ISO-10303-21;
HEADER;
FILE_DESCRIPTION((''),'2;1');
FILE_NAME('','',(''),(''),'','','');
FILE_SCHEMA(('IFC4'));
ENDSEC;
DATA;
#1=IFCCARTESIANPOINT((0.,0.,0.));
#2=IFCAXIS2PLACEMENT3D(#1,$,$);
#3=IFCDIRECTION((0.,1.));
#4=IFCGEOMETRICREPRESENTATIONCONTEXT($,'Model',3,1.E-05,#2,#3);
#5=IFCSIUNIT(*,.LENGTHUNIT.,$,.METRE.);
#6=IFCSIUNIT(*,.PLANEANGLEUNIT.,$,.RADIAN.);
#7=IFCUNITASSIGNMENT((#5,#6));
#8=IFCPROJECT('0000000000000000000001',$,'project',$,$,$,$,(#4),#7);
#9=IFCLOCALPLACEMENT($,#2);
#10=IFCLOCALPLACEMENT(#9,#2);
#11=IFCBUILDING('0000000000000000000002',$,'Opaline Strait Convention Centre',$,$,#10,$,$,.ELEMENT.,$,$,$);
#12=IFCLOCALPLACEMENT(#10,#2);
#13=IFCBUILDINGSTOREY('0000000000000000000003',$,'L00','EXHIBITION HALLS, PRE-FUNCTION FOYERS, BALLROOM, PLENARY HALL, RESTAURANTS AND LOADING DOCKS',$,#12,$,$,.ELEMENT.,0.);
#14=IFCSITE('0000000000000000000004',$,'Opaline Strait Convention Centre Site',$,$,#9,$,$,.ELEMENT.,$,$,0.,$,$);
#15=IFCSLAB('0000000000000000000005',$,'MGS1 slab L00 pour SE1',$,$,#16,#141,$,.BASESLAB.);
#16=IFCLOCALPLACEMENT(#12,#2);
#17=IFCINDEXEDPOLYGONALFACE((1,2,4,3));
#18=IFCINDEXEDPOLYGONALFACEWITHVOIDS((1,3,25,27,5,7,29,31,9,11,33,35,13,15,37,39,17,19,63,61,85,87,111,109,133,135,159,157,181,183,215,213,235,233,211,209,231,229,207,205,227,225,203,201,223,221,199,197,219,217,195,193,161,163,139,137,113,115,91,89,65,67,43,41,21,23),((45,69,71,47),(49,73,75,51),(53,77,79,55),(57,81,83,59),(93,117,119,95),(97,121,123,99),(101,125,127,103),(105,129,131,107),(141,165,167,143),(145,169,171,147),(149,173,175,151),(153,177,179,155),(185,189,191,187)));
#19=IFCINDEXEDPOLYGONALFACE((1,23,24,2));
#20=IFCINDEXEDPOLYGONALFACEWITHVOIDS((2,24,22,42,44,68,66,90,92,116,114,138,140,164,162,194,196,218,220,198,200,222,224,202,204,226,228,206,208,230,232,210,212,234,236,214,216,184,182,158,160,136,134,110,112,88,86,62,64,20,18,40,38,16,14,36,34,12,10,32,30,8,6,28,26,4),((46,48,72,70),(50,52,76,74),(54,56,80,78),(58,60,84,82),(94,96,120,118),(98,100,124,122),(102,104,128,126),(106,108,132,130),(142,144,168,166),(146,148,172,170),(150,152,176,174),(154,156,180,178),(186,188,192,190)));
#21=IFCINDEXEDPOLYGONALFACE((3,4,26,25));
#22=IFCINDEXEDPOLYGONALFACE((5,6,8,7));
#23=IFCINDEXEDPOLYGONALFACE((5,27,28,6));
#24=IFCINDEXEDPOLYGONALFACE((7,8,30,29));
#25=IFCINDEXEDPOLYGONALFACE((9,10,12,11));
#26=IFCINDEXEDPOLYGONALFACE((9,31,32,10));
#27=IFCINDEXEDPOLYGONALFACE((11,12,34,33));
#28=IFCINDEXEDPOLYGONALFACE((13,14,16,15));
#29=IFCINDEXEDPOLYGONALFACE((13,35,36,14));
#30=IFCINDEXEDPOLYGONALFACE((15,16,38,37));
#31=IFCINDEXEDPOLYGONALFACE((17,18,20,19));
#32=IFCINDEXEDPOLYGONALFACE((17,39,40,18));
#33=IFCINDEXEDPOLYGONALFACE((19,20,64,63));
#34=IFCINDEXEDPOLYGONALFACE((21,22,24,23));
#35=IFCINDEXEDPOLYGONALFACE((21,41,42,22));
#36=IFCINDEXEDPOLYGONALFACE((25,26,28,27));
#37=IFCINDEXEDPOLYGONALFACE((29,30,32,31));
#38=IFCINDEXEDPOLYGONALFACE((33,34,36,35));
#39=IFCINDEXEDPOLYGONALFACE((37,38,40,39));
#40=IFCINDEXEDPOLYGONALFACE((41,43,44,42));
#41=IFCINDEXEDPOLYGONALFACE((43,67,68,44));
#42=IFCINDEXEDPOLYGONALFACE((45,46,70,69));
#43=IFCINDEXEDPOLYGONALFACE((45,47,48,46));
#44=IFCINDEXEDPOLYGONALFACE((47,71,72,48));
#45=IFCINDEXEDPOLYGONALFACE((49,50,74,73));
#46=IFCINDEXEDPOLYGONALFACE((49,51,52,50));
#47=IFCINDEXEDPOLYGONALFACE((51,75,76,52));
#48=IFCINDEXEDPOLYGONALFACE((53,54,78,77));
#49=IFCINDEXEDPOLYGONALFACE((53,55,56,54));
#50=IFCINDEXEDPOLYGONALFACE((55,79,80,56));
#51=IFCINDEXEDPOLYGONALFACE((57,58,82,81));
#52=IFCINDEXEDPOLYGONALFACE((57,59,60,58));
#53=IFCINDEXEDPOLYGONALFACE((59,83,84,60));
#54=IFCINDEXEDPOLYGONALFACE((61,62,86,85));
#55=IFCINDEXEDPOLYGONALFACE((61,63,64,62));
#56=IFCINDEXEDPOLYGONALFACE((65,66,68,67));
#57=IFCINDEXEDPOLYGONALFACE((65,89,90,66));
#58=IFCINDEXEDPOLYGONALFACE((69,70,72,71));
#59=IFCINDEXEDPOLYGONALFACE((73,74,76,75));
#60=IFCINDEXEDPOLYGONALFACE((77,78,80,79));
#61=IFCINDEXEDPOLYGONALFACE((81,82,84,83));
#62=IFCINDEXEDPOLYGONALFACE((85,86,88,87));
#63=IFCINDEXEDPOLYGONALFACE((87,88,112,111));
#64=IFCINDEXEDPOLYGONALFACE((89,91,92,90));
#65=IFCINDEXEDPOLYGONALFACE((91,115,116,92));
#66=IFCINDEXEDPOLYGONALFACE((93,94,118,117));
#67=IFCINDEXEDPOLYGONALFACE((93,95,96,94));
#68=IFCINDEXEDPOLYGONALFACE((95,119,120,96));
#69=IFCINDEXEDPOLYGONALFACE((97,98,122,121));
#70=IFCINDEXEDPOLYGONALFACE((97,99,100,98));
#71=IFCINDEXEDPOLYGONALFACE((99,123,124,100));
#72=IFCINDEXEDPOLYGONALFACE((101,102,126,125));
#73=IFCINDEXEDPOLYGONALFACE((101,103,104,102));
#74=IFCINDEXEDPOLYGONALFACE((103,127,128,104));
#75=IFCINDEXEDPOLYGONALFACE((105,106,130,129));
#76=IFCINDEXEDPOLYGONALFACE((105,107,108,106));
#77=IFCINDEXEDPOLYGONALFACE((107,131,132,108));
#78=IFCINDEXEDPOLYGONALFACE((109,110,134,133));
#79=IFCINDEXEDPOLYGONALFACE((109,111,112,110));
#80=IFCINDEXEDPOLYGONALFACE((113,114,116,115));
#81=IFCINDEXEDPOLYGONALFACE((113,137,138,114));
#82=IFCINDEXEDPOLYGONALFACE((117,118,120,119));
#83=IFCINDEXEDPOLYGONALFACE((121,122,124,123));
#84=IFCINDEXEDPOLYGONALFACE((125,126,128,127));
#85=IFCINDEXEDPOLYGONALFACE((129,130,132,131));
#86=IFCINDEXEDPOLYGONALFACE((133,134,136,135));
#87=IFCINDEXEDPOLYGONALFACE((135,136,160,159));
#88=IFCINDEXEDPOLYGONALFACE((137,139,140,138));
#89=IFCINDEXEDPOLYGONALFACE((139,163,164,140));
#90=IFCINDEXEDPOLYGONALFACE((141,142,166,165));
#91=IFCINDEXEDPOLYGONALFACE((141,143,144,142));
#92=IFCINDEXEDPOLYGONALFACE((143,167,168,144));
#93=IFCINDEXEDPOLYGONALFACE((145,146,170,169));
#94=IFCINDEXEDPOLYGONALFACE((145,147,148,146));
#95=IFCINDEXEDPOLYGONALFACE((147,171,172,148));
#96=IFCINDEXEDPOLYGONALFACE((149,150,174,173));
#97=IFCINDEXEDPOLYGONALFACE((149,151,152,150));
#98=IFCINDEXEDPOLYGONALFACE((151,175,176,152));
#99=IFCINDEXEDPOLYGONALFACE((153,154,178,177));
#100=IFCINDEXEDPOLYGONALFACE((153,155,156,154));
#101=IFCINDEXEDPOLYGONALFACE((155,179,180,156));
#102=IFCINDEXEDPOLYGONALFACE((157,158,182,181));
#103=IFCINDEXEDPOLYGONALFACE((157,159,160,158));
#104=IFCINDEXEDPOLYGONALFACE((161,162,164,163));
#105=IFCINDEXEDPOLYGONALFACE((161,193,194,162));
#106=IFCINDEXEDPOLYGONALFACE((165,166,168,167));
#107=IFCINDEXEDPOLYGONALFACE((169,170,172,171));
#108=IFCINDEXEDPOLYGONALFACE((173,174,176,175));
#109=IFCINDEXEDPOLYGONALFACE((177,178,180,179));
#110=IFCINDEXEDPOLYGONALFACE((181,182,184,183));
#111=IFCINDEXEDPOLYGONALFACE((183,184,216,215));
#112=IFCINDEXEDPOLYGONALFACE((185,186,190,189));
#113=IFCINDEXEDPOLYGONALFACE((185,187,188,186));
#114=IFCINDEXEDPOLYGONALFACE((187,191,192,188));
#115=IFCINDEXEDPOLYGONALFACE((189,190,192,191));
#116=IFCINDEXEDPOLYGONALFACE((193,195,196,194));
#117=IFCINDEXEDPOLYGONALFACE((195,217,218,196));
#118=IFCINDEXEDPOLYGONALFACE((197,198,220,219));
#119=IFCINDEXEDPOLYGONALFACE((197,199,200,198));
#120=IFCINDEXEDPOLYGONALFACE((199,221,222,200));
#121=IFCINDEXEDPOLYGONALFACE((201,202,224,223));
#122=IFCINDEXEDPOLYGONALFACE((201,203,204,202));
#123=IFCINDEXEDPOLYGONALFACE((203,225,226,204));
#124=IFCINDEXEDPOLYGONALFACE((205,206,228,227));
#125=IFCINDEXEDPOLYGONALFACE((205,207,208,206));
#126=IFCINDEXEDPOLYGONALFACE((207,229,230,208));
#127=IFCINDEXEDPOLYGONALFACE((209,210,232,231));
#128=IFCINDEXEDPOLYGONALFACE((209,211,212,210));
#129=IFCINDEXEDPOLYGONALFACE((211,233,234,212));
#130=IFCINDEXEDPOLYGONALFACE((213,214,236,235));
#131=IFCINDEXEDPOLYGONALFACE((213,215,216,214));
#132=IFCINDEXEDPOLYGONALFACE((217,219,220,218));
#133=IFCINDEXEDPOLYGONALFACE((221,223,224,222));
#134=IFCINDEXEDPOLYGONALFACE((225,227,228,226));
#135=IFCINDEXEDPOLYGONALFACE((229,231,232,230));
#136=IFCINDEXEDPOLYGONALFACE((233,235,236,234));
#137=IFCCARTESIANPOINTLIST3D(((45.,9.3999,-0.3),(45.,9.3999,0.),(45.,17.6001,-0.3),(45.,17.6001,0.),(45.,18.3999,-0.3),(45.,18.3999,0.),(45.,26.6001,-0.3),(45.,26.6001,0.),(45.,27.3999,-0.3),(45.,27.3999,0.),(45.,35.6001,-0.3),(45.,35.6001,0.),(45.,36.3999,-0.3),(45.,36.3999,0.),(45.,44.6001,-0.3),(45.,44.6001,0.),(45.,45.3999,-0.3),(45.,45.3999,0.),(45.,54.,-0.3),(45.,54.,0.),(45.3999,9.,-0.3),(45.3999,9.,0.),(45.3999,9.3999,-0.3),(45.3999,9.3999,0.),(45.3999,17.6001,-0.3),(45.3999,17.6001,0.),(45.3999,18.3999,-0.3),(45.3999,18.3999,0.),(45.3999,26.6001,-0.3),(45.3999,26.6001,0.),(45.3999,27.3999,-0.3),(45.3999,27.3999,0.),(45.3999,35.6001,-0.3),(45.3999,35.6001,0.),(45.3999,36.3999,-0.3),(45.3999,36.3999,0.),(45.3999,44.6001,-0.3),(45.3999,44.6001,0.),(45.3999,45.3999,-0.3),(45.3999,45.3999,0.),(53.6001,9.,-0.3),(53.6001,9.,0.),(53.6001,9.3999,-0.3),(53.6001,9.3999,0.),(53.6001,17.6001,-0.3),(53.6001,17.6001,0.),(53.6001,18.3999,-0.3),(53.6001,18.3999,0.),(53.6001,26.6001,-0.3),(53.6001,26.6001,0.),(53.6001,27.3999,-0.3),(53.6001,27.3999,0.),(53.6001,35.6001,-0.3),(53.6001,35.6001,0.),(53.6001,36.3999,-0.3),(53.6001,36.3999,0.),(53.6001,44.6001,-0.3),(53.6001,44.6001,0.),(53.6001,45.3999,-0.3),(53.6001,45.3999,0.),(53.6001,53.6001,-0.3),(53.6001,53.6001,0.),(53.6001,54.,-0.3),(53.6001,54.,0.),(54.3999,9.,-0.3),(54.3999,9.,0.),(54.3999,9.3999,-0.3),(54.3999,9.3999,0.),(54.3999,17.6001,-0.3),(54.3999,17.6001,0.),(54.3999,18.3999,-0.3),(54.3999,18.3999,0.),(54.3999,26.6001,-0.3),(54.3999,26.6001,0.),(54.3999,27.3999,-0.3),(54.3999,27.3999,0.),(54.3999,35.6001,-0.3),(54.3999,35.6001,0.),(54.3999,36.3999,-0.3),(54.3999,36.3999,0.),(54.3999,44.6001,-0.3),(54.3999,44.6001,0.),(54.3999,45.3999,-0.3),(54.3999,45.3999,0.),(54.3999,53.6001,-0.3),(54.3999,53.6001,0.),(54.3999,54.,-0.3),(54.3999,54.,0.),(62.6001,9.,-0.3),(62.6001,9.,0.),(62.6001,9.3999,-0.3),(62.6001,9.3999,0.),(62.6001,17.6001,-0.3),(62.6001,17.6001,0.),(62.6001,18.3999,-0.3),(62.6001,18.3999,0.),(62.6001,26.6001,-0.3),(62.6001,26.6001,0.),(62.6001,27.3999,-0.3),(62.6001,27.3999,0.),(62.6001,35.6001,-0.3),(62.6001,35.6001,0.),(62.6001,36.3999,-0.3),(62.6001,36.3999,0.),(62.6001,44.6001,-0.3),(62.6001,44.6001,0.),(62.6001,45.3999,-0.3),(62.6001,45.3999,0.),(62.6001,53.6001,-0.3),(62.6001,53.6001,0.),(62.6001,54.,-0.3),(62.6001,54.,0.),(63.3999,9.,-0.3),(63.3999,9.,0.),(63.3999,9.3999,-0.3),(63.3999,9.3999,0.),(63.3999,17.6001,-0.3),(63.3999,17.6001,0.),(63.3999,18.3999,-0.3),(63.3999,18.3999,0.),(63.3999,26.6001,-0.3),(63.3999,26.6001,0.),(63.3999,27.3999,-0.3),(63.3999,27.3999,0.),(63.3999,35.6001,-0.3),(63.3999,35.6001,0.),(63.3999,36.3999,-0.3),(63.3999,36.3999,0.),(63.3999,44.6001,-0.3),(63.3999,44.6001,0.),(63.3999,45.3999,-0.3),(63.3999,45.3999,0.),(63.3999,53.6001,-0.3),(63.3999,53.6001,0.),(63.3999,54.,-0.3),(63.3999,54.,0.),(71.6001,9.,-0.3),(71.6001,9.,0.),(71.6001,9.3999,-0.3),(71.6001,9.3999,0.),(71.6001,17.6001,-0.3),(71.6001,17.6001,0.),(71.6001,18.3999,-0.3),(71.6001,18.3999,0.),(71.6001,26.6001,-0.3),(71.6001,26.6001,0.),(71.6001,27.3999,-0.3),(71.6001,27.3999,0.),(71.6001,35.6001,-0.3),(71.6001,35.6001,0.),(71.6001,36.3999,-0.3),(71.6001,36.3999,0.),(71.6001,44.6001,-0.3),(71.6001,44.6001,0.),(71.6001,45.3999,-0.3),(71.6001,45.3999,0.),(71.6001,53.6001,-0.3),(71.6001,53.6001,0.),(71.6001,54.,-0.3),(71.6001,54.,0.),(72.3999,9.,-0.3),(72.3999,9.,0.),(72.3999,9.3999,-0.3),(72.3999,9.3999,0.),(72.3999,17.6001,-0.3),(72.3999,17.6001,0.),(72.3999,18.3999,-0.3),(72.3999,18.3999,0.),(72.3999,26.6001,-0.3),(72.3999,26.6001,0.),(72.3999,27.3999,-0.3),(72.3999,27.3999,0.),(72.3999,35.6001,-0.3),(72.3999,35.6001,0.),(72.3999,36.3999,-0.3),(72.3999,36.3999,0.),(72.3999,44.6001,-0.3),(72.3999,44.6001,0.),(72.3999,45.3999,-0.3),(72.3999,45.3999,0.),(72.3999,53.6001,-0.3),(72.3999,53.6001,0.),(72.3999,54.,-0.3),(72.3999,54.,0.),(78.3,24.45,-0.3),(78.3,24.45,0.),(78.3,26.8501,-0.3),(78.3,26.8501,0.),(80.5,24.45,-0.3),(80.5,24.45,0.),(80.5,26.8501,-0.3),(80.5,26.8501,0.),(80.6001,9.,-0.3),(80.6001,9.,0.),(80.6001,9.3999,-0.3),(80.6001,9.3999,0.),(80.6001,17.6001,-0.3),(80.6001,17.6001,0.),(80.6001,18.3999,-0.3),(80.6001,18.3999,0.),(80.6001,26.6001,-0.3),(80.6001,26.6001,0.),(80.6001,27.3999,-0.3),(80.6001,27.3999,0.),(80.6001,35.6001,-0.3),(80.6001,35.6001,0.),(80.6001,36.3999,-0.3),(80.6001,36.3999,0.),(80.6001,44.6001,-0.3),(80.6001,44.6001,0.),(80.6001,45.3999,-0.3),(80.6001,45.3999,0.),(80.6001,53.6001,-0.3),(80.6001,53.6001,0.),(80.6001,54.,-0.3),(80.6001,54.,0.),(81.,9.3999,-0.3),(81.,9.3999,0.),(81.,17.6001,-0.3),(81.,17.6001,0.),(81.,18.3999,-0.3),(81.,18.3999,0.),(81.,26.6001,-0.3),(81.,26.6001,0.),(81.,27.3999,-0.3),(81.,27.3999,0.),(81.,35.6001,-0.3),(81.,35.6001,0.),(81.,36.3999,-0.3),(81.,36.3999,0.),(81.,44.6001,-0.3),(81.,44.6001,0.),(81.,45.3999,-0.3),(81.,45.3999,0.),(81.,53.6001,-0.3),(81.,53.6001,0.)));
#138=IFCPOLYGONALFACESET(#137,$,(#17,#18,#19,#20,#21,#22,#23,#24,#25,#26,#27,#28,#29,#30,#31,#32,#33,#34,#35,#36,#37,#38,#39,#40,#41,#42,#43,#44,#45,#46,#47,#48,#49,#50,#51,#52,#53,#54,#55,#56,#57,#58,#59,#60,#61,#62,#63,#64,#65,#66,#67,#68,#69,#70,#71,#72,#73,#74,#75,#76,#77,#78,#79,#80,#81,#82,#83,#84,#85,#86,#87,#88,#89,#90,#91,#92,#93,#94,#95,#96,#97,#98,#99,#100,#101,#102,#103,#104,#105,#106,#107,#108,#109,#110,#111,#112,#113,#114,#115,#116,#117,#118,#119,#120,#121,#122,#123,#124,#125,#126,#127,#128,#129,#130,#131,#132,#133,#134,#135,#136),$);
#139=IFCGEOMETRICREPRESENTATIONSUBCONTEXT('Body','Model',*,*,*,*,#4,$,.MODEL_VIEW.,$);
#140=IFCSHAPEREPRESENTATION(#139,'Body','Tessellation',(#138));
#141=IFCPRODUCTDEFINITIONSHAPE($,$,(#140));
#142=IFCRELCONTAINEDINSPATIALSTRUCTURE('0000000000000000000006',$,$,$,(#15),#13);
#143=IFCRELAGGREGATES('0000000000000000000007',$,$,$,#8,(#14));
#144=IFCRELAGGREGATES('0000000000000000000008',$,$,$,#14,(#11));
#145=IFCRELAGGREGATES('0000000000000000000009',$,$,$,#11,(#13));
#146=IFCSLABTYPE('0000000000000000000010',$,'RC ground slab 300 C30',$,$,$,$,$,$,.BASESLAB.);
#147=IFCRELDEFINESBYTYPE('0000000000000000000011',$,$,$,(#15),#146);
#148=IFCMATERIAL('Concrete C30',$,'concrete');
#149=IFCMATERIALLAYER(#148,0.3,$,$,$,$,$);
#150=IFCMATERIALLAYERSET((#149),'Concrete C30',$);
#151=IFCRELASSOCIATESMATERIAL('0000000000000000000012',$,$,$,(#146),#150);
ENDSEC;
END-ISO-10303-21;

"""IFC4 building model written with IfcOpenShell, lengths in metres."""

from ifc_helpers import new_model, si_unit, direction, frame, origin, place, context, subcontext, project, spatial, polyline, outline, extrude, material, layer, layer_set, type_object, element, save


model = new_model("IFC4")

# Units and contexts
model_context = context("Model", 3, precision=1e-05, world=origin(), true_north=direction((0.0, 1.0)))
body_context = subcontext(model_context, "Body", "Model", "MODEL_VIEW")
ifc_project = project(units=[si_unit("LENGTHUNIT", "METRE"), si_unit("PLANEANGLEUNIT", "RADIAN")], contexts=[model_context])

# Site, building, storey
site_placement = place(None, origin())
site = spatial("IfcSite", under=ifc_project, at=site_placement, Name="Opaline Strait Convention Centre Site", CompositionType="ELEMENT", RefElevation=0.0)
building_placement = place(site_placement, origin())
building = spatial("IfcBuilding", under=site, at=building_placement, Name="Opaline Strait Convention Centre", CompositionType="ELEMENT")
storey_placement = place(building_placement, origin())
storey = spatial("IfcBuildingStorey", under=building, at=storey_placement, Name="L00", Description="EXHIBITION HALLS, PRE-FUNCTION FOYERS, BALLROOM, PLENARY HALL, RESTAURANTS AND LOADING DOCKS", CompositionType="ELEMENT", Elevation=0.0)

# Slab
ifc_material = material(Name="Concrete C30", Category="concrete")
ifc_layer_1 = layer(ifc_material, 0.3)
ifc_layer_set_1 = layer_set([ifc_layer_1], Name="Concrete C30")
slab_type_1 = type_object("IfcSlabType", Name="RC ground slab 300 C30", PredefinedType="BASESLAB", material=ifc_layer_set_1)
slab_1_placement = place(storey_placement, frame((0.0, 0.0, -0.3)))
element("IfcSlab", 1, at=slab_1_placement, inside=storey, type_object=slab_type_1, Name="MGS1 slab L00 pour SE1", PredefinedType="BASESLAB", context=body_context, shape_type="SweptSolid", body=[
    extrude(outline(polyline([(80.6001, 9.3999), (80.6001, 9.0), (72.3999, 9.0), (72.3999, 9.3999), (71.6001, 9.3999), (71.6001, 9.0), (63.3999, 9.0), (63.3999, 9.3999), (62.6001, 9.3999), (62.6001, 9.0), (54.3999, 9.0), (54.3999, 9.3999), (53.6001, 9.3999), (53.6001, 9.0), (45.3999, 9.0), (45.3999, 9.3999), (45.0, 9.3999), (45.0, 17.6001), (45.3999, 17.6001), (45.3999, 18.3999), (45.0, 18.3999), (45.0, 26.6001), (45.3999, 26.6001), (45.3999, 27.3999), (45.0, 27.3999), (45.0, 35.6001), (45.3999, 35.6001), (45.3999, 36.3999), (45.0, 36.3999), (45.0, 44.6001), (45.3999, 44.6001), (45.3999, 45.3999), (45.0, 45.3999), (45.0, 54.0), (53.6001, 54.0), (53.6001, 53.6001), (54.3999, 53.6001), (54.3999, 54.0), (62.6001, 54.0), (62.6001, 53.6001), (63.3999, 53.6001), (63.3999, 54.0), (71.6001, 54.0), (71.6001, 53.6001), (72.3999, 53.6001), (72.3999, 54.0), (80.6001, 54.0), (80.6001, 53.6001), (81.0, 53.6001), (81.0, 45.3999), (80.6001, 45.3999), (80.6001, 44.6001), (81.0, 44.6001), (81.0, 36.3999), (80.6001, 36.3999), (80.6001, 35.6001), (81.0, 35.6001), (81.0, 27.3999), (80.6001, 27.3999), (80.6001, 26.6001), (81.0, 26.6001), (81.0, 18.3999), (80.6001, 18.3999), (80.6001, 17.6001), (81.0, 17.6001), (81.0, 9.3999), (80.6001, 9.3999)]), holes=[polyline([(63.3999, 17.6001), (63.3999, 18.3999), (62.6001, 18.3999), (62.6001, 17.6001), (63.3999, 17.6001)]), polyline([(53.6001, 17.6001), (54.3999, 17.6001), (54.3999, 18.3999), (53.6001, 18.3999), (53.6001, 17.6001)]), polyline([(53.6001, 26.6001), (54.3999, 26.6001), (54.3999, 27.3999), (53.6001, 27.3999), (53.6001, 26.6001)]), polyline([(63.3999, 26.6001), (63.3999, 27.3999), (62.6001, 27.3999), (62.6001, 26.6001), (63.3999, 26.6001)]), polyline([(53.6001, 35.6001), (54.3999, 35.6001), (54.3999, 36.3999), (53.6001, 36.3999), (53.6001, 35.6001)]), polyline([(62.6001, 44.6001), (63.3999, 44.6001), (63.3999, 45.3999), (62.6001, 45.3999), (62.6001, 44.6001)]), polyline([(53.6001, 44.6001), (54.3999, 44.6001), (54.3999, 45.3999), (53.6001, 45.3999), (53.6001, 44.6001)]), polyline([(71.6001, 17.6001), (72.3999, 17.6001), (72.3999, 18.3999), (71.6001, 18.3999), (71.6001, 17.6001)]), polyline([(78.3, 24.45), (80.5, 24.45), (80.5, 26.8501), (78.3, 26.8501), (78.3, 24.45)]), polyline([(72.3999, 26.6001), (72.3999, 27.3999), (71.6001, 27.3999), (71.6001, 26.6001), (72.3999, 26.6001)]), polyline([(62.6001, 35.6001), (63.3999, 35.6001), (63.3999, 36.3999), (62.6001, 36.3999), (62.6001, 35.6001)]), polyline([(71.6001, 35.6001), (72.3999, 35.6001), (72.3999, 36.3999), (71.6001, 36.3999), (71.6001, 35.6001)]), polyline([(71.6001, 44.6001), (72.3999, 44.6001), (72.3999, 45.3999), (71.6001, 45.3999), (71.6001, 44.6001)])]), origin(), (0.0, 0.0, 1.0), 0.3),
])

save(model, "model.ifc")
